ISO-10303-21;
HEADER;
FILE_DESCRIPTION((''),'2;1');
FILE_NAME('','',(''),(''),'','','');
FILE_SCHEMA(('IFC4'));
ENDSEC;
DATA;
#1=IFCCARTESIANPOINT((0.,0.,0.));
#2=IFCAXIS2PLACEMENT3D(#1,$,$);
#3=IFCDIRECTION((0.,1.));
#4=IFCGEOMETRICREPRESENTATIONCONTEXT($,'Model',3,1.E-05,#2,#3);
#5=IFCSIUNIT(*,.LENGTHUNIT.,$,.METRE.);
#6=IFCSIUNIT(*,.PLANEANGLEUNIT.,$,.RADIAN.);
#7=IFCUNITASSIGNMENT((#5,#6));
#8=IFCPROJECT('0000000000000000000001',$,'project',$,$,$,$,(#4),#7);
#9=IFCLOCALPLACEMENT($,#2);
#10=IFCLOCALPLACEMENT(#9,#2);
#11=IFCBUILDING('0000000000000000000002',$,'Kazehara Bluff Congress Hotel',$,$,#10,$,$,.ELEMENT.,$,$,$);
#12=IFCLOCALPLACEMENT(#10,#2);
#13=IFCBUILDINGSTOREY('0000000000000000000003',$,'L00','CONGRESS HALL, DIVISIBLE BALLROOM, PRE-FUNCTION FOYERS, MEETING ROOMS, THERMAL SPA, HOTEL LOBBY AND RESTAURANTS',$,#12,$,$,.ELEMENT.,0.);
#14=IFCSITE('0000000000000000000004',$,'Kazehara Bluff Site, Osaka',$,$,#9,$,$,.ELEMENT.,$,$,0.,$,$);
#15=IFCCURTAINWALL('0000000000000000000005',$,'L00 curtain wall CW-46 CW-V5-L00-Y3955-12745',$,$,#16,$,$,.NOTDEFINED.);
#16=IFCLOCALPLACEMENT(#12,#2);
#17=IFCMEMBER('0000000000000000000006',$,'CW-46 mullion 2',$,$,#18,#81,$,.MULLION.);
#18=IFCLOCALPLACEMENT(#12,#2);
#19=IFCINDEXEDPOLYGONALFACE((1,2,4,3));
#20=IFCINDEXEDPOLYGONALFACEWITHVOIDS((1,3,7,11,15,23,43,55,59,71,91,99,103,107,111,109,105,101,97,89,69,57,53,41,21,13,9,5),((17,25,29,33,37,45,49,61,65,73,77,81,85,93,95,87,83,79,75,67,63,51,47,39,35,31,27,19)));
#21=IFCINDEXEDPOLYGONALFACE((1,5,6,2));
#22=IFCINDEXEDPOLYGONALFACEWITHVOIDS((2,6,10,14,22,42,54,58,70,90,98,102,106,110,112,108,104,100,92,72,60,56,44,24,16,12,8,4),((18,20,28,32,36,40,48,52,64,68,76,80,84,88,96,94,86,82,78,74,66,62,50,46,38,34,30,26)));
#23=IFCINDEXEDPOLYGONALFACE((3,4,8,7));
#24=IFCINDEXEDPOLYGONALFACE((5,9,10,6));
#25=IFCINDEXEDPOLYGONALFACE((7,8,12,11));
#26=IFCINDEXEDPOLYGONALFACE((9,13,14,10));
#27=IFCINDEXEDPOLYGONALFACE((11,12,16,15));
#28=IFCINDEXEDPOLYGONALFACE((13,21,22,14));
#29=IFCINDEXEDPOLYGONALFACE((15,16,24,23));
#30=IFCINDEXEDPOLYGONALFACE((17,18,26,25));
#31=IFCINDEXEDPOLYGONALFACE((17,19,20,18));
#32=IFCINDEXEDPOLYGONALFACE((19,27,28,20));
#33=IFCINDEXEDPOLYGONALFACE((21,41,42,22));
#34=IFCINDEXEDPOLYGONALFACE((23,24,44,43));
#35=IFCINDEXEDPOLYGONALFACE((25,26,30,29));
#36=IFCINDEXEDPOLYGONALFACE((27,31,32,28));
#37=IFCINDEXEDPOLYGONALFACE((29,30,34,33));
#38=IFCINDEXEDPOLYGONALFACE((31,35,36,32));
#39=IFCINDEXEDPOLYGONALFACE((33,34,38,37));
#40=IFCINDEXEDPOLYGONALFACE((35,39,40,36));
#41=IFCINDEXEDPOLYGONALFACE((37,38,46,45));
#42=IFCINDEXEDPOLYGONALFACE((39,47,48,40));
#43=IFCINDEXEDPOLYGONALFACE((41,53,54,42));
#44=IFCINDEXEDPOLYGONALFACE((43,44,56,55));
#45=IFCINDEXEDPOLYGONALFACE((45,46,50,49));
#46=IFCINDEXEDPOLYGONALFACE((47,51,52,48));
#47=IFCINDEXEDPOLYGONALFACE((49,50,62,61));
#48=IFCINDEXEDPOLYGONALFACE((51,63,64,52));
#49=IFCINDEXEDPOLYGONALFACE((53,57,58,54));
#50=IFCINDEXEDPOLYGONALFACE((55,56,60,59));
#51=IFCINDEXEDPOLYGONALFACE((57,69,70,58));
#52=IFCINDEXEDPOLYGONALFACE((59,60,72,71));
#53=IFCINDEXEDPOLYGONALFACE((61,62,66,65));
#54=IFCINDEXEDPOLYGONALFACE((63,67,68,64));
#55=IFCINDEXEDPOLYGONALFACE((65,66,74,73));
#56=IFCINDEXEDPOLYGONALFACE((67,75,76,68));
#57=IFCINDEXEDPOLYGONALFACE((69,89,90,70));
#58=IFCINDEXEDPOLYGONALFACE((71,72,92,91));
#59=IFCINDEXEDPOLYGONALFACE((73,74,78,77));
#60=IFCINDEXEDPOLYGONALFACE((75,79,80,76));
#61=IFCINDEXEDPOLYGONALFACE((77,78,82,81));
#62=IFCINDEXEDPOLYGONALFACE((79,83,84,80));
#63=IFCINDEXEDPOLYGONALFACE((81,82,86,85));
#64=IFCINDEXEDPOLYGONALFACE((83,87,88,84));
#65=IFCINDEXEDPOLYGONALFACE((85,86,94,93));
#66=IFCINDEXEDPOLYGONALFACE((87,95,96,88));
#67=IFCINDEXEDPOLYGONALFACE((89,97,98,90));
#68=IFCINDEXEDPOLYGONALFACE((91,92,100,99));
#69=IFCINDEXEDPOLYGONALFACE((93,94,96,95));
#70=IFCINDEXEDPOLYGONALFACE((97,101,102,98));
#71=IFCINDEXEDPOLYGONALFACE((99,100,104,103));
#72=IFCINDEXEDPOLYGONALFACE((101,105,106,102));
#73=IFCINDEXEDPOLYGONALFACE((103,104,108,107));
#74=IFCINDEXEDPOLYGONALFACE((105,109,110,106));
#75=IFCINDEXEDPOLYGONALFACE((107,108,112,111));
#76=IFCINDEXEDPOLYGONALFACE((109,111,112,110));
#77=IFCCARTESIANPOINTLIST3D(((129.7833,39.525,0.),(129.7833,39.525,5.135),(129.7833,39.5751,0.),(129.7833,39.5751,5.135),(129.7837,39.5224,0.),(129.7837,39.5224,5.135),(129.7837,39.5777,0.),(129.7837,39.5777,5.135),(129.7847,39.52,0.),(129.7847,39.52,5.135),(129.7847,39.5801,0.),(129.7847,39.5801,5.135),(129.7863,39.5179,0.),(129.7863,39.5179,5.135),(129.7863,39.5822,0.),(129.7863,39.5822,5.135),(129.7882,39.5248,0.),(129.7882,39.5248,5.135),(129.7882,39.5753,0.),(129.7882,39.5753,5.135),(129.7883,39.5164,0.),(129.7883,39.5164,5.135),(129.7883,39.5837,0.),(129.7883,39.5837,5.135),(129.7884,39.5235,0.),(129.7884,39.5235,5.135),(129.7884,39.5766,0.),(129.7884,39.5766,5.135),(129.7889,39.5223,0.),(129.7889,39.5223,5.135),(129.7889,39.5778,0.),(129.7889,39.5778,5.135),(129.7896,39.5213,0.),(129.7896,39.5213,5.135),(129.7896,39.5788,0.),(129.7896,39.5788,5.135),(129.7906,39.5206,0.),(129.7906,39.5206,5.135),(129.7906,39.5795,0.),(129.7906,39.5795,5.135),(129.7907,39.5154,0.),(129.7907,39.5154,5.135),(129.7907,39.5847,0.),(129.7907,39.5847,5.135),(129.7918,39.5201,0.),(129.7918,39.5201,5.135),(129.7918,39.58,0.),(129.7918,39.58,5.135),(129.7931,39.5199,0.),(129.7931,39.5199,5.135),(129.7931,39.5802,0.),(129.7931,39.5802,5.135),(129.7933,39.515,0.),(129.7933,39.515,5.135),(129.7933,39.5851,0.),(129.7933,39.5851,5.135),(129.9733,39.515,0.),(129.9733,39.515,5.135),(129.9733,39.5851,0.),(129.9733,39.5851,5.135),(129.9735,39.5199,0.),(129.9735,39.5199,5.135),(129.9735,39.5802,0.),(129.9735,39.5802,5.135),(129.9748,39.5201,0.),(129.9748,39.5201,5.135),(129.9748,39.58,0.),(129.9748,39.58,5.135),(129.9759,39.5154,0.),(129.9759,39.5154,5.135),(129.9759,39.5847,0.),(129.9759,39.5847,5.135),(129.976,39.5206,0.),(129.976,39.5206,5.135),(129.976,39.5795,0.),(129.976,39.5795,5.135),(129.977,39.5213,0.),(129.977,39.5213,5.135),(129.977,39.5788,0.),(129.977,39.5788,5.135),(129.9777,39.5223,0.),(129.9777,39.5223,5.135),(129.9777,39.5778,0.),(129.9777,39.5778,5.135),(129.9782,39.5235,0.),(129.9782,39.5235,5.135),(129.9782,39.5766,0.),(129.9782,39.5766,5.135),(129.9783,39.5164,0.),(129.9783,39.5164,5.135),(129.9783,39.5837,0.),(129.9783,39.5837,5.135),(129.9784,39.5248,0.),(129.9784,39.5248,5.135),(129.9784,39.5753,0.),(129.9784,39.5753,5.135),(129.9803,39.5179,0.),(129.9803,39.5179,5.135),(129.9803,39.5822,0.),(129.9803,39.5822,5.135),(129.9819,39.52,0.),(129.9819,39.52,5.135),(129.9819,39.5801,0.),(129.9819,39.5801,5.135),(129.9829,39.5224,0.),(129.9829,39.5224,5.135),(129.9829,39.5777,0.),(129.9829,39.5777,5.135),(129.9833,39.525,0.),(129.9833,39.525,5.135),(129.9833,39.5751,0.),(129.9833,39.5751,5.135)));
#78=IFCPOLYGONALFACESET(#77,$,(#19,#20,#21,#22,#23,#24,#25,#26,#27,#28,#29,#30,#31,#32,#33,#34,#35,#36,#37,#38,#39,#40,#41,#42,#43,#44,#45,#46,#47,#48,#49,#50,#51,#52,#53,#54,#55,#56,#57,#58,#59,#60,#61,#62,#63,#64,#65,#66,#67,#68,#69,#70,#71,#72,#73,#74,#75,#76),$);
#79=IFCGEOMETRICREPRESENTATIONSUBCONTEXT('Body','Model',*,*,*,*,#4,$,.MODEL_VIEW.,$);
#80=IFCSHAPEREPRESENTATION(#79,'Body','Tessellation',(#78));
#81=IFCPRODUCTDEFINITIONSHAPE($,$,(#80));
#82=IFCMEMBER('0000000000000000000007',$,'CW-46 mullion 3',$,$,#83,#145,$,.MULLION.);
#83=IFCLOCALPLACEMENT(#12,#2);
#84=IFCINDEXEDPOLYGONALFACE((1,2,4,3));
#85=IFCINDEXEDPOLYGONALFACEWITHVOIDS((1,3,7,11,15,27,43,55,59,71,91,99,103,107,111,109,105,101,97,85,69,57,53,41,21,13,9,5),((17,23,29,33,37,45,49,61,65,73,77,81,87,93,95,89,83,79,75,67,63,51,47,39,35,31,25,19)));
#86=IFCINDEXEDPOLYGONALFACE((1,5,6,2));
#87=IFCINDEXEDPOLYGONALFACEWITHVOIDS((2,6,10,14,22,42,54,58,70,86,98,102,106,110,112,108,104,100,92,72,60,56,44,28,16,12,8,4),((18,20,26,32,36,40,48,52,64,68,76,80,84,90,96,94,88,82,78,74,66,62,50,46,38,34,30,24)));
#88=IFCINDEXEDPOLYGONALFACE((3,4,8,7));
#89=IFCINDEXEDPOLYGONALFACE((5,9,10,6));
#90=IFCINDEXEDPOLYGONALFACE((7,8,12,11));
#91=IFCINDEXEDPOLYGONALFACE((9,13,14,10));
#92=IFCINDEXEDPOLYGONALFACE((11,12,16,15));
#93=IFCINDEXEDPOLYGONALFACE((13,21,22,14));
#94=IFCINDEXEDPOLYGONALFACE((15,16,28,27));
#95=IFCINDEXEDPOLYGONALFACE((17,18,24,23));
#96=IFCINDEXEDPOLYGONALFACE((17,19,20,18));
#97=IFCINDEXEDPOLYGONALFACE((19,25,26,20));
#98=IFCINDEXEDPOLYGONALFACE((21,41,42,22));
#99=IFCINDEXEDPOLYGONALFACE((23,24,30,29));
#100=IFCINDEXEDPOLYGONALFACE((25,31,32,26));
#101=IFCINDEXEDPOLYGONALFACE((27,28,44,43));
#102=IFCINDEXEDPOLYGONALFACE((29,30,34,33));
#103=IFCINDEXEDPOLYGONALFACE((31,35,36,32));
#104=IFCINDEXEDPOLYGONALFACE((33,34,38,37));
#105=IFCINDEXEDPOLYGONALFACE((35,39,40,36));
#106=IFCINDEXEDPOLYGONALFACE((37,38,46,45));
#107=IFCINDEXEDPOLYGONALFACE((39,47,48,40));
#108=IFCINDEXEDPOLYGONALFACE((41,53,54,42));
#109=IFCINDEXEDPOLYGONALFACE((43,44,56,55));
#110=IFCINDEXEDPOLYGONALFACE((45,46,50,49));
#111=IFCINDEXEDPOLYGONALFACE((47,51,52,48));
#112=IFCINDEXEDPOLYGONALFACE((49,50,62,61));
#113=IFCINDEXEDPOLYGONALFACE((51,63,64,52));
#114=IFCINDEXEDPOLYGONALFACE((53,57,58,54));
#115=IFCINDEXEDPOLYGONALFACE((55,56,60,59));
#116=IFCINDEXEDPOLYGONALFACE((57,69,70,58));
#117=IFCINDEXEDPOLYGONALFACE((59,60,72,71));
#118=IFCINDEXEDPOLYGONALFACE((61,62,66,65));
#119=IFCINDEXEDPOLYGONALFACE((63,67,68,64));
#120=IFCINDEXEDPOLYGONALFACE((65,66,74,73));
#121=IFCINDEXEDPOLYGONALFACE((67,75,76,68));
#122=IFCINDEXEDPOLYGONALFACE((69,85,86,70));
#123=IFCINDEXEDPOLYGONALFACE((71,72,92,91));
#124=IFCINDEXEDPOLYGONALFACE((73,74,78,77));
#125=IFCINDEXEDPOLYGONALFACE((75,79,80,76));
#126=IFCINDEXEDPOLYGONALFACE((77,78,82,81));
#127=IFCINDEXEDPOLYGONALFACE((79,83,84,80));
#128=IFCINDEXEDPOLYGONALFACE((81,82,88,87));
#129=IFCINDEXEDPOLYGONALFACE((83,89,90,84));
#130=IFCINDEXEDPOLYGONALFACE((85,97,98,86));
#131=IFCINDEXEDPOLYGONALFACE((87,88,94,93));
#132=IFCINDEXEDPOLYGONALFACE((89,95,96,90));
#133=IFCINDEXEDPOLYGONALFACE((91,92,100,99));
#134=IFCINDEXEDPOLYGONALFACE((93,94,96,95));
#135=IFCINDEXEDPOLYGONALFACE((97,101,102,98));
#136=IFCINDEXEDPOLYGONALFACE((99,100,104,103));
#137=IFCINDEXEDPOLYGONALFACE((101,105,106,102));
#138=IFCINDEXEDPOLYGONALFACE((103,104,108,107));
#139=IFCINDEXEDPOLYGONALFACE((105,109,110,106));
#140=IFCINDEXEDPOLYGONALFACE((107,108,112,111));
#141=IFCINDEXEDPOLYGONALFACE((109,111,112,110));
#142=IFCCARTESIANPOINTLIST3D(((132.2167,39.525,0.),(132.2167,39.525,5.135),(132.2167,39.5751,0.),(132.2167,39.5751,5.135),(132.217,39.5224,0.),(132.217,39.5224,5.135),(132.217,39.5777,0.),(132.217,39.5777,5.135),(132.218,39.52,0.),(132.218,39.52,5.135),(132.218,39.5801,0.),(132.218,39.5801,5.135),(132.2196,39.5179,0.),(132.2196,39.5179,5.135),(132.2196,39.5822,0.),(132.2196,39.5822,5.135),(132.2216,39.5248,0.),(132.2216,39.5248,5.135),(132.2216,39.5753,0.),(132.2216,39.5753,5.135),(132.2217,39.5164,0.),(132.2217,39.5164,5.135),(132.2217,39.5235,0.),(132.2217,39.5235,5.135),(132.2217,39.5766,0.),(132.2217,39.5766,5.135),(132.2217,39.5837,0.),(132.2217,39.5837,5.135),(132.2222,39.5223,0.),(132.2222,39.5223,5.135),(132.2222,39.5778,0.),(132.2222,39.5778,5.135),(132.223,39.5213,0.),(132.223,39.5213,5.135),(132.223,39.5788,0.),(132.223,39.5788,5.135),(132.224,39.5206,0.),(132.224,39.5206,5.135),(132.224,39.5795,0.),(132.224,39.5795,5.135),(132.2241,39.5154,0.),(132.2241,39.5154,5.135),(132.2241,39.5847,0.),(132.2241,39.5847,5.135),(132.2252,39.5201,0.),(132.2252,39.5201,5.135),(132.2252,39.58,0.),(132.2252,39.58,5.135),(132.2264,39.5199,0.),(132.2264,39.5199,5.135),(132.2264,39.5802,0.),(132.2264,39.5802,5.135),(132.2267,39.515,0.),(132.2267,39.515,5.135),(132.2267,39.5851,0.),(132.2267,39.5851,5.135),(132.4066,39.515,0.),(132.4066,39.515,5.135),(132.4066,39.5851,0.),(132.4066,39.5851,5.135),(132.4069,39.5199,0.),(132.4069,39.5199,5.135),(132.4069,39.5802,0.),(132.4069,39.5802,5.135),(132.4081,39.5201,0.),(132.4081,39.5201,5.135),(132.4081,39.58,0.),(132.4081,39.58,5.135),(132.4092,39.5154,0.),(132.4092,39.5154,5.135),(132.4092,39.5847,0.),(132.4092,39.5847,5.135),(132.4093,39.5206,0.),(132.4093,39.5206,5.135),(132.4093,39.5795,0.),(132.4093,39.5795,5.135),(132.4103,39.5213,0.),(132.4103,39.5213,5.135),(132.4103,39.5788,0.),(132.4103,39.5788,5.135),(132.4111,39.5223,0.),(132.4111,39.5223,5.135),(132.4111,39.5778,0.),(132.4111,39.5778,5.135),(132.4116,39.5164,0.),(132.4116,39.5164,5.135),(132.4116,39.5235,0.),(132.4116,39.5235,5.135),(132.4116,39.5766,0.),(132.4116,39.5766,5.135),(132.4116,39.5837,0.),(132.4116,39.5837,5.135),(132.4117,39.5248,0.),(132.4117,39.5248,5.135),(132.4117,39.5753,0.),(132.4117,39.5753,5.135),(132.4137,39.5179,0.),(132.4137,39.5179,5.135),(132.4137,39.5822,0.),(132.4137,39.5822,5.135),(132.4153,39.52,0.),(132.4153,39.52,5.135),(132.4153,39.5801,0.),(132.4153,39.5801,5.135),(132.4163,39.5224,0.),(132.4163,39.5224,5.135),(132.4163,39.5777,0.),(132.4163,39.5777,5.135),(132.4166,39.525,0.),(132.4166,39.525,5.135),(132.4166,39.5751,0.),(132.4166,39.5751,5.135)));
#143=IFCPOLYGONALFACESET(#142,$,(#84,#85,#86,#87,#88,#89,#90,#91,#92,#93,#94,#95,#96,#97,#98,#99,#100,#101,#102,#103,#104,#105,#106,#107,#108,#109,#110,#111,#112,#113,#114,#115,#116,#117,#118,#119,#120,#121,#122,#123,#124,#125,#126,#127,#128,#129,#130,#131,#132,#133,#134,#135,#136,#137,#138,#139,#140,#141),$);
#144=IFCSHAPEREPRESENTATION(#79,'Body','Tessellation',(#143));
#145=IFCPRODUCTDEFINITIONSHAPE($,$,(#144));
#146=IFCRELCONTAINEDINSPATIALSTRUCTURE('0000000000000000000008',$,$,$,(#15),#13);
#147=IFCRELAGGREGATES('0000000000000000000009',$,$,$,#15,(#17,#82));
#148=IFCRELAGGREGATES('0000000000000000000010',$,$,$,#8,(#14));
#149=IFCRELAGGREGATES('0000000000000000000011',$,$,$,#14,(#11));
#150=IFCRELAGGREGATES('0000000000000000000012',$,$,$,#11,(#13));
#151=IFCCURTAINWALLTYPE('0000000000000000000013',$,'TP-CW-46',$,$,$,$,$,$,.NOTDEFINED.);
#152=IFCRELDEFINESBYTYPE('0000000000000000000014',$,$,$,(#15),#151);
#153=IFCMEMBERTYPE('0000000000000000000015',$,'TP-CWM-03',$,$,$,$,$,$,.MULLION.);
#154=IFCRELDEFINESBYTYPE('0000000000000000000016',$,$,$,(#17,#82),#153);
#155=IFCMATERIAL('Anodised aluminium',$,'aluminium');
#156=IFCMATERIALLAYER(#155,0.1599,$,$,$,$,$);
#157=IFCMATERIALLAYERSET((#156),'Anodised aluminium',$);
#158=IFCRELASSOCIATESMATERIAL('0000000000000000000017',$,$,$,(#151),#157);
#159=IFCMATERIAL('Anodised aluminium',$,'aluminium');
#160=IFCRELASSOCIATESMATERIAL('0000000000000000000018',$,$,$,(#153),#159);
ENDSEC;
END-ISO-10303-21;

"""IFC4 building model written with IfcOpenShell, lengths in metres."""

from ifc_helpers import new_model, si_unit, direction, frame, origin, origin_2d, place, context, subcontext, project, spatial, hollow_rectangle, extrude, material, layer, layer_set, material_profile, profile_set, type_object, element, aggregate, save


model = new_model("IFC4")

# Units and contexts
model_context = context("Model", 3, precision=1e-05, world=origin(), true_north=direction((0.0, 1.0)))
body_context = subcontext(model_context, "Body", "Model", "MODEL_VIEW")
ifc_project = project(units=[si_unit("LENGTHUNIT", "METRE"), si_unit("PLANEANGLEUNIT", "RADIAN")], contexts=[model_context])

# Site, building, storey
site_placement = place(None, origin())
site = spatial("IfcSite", under=ifc_project, at=site_placement, Name="Kazehara Bluff Site, Osaka", CompositionType="ELEMENT", RefElevation=0.0)
building_placement = place(site_placement, origin())
building = spatial("IfcBuilding", under=site, at=building_placement, Name="Kazehara Bluff Congress Hotel", CompositionType="ELEMENT")
storey_placement = place(building_placement, origin())
storey = spatial("IfcBuildingStorey", under=building, at=storey_placement, Name="L00", Description="CONGRESS HALL, DIVISIBLE BALLROOM, PRE-FUNCTION FOYERS, MEETING ROOMS, THERMAL SPA, HOTEL LOBBY AND RESTAURANTS", CompositionType="ELEMENT", Elevation=0.0)

# Shared definitions
ifc_material_1 = material(Name="Anodised aluminium", Category="aluminium")
ifc_layer_1 = layer(ifc_material_1, 0.1599)
ifc_layer_set_1 = layer_set([ifc_layer_1], Name="Anodised aluminium")
curtain_wall_type = type_object("IfcCurtainWallType", Name="TP-CW-46", PredefinedType="NOTDEFINED", material=ifc_layer_set_1)
ifc_material_2 = material(Name="Anodised aluminium", Category="aluminium")
ifc_material_profile_1 = material_profile(ifc_material_2, hollow_rectangle(XDim=0.0701, YDim=0.2, WallThickness=0.0049, InnerFilletRadius=0.0049, OuterFilletRadius=0.01, at=origin_2d()))
ifc_profile_set_1 = profile_set([ifc_material_profile_1], Name="Anodised aluminium")
member_type_1 = type_object("IfcMemberType", Name="TP-CWM-03", PredefinedType="MULLION", material=ifc_profile_set_1)

# Curtain wall, members
curtain_wall_1_placement = place(storey_placement, origin())
curtain_wall_1 = element("IfcCurtainWall", 1, at=curtain_wall_1_placement, inside=storey, type_object=curtain_wall_type, Name="L00 curtain wall CW-46 CW-V5-L00-Y3955-12745", PredefinedType="NOTDEFINED")
member_1_placement = place(storey_placement, frame((129.8833, 39.55, 0.0), z_axis=(0.0, 0.0, 1.0), x_axis=(0.0, 1.0, 0.0)))
member_1 = element("IfcMember", 2, at=member_1_placement, type_object=member_type_1, Name="CW-46 mullion 2", PredefinedType="MULLION", context=body_context, shape_type="SweptSolid", body=[
    extrude(hollow_rectangle(XDim=0.0701, YDim=0.2, WallThickness=0.0049, InnerFilletRadius=0.0049, OuterFilletRadius=0.01, at=origin_2d()), origin(), (0.0, 0.0, 1.0), 5.135),
])
member_2_placement = place(storey_placement, frame((132.3167, 39.55, 0.0), z_axis=(0.0, 0.0, 1.0), x_axis=(0.0, 1.0, 0.0)))
member_2 = element("IfcMember", 3, at=member_2_placement, type_object=member_type_1, Name="CW-46 mullion 3", PredefinedType="MULLION", context=body_context, shape_type="SweptSolid", body=[
    extrude(hollow_rectangle(XDim=0.0701, YDim=0.2, WallThickness=0.0049, InnerFilletRadius=0.0049, OuterFilletRadius=0.01, at=origin_2d()), origin(), (0.0, 0.0, 1.0), 5.135),
])

aggregate(curtain_wall_1, [member_1, member_2])

save(model, "model.ifc")
